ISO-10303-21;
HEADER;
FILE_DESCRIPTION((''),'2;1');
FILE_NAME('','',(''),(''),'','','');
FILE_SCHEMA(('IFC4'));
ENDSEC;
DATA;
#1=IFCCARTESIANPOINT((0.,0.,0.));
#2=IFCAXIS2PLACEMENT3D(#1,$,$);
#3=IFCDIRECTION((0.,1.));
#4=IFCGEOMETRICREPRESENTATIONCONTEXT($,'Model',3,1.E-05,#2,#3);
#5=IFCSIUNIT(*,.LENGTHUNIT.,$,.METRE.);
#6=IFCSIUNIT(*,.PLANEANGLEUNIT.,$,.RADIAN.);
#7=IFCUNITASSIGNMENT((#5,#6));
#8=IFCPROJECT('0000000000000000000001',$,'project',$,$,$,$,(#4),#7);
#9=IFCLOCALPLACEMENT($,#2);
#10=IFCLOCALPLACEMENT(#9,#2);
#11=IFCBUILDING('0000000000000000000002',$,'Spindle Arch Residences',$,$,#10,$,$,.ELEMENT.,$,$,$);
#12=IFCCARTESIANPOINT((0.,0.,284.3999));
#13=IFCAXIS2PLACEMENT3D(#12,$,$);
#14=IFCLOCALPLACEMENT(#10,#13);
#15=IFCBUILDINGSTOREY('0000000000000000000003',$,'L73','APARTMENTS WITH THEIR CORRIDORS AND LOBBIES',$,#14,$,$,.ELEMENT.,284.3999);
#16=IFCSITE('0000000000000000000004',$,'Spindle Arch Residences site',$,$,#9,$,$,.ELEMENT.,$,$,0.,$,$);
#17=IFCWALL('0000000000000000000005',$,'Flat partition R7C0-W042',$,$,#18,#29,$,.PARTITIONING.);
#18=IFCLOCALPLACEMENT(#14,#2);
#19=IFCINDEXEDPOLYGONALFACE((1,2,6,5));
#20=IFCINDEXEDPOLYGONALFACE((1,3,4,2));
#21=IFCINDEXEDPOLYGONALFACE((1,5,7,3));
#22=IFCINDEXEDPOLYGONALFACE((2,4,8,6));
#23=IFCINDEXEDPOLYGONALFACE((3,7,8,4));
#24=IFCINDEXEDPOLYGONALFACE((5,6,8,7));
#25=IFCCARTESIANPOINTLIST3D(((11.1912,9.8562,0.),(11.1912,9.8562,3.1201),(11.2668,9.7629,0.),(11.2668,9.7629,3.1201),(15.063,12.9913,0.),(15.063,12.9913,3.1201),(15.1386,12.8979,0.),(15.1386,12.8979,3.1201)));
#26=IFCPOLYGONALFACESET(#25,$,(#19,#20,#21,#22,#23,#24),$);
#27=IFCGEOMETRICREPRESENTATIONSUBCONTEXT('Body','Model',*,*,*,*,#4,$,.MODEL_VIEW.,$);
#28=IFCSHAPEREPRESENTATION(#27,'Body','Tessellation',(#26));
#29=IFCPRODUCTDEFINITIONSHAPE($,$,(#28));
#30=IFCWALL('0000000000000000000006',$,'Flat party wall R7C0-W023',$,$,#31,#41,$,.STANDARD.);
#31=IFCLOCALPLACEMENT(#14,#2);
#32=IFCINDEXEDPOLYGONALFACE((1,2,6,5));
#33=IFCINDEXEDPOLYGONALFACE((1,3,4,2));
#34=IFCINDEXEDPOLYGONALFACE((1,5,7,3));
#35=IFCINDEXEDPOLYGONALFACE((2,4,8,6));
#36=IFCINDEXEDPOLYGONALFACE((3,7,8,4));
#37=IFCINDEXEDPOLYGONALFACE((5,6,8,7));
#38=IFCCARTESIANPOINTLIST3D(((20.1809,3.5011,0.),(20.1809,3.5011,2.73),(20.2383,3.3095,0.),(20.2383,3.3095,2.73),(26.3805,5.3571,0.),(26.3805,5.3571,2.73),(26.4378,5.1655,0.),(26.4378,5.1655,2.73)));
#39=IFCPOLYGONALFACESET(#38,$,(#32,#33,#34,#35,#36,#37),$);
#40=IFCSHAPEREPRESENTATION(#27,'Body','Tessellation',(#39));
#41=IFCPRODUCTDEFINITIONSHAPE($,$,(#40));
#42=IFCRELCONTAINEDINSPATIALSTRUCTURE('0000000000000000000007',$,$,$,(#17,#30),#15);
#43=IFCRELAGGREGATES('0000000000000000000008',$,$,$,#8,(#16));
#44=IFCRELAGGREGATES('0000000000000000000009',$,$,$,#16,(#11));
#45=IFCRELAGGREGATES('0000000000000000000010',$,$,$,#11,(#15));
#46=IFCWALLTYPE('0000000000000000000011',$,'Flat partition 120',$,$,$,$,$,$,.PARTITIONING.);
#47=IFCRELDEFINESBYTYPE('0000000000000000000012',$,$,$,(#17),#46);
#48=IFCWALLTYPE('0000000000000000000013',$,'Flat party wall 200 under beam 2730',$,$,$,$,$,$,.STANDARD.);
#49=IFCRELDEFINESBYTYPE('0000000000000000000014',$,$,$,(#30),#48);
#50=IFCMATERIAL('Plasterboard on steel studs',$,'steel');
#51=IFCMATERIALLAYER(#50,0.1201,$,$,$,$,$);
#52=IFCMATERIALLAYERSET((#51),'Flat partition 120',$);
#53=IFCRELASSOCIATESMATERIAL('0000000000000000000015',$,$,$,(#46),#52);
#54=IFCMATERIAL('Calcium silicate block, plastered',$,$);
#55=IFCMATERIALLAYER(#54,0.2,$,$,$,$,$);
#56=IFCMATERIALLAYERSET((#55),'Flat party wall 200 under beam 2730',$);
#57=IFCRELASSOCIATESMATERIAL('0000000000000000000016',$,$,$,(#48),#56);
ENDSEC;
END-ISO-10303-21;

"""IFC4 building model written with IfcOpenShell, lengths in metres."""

from ifc_helpers import new_model, si_unit, direction, frame, frame_2d, origin, place, context, subcontext, project, spatial, rectangle, extrude, material, layer, layer_set, type_object, element, save


model = new_model("IFC4")

# Units and contexts
model_context = context("Model", 3, precision=1e-05, world=origin(), true_north=direction((0.0, 1.0)))
body_context = subcontext(model_context, "Body", "Model", "MODEL_VIEW")
ifc_project = project(units=[si_unit("LENGTHUNIT", "METRE"), si_unit("PLANEANGLEUNIT", "RADIAN")], contexts=[model_context])

# Site, building, storey
site_placement = place(None, origin())
site = spatial("IfcSite", under=ifc_project, at=site_placement, Name="Spindle Arch Residences site", CompositionType="ELEMENT", RefElevation=0.0)
building_placement = place(site_placement, origin())
building = spatial("IfcBuilding", under=site, at=building_placement, Name="Spindle Arch Residences", CompositionType="ELEMENT")
storey_placement = place(building_placement, frame((0.0, 0.0, 284.3999)))
storey = spatial("IfcBuildingStorey", under=building, at=storey_placement, Name="L73", Description="APARTMENTS WITH THEIR CORRIDORS AND LOBBIES", CompositionType="ELEMENT", Elevation=284.3999)

# Shared definitions
ifc_material_1 = material(Name="Plasterboard on steel studs", Category="steel")
ifc_layer_1 = layer(ifc_material_1, 0.1201)
ifc_layer_set_1 = layer_set([ifc_layer_1], Name="Flat partition 120")
wall_type_1 = type_object("IfcWallType", Name="Flat partition 120", PredefinedType="PARTITIONING", material=ifc_layer_set_1)

# Walls
wall_1_placement = place(storey_placement, frame((15.1008, 12.9446, 0.0), z_axis=(0.0, 0.0, 1.0), x_axis=(-0.777179, -0.62928, 0.0)))
element("IfcWall", 1, at=wall_1_placement, inside=storey, type_object=wall_type_1, Name="Flat partition R7C0-W042", PredefinedType="PARTITIONING", context=body_context, shape_type="SweptSolid", body=[
    extrude(rectangle(XDim=4.9819, YDim=0.1201, at=frame_2d((2.491, 0.0))), origin(), (0.0, 0.0, 1.0), 3.1201),
])
ifc_material_2 = material(Name="Calcium silicate block, plastered")
ifc_layer_2 = layer(ifc_material_2, 0.2)
ifc_layer_set_2 = layer_set([ifc_layer_2], Name="Flat party wall 200 under beam 2730")
wall_type_2 = type_object("IfcWallType", Name="Flat party wall 200 under beam 2730", PredefinedType="STANDARD", material=ifc_layer_set_2)
wall_2_placement = place(storey_placement, frame((20.2095, 3.4053, 0.0), z_axis=(0.0, 0.0, 1.0), x_axis=(0.957991, 0.286798, 0.0)))
element("IfcWall", 2, at=wall_2_placement, inside=storey, type_object=wall_type_2, Name="Flat party wall R7C0-W023", PredefinedType="STANDARD", context=body_context, shape_type="SweptSolid", body=[
    extrude(rectangle(XDim=6.4714, YDim=0.2, at=frame_2d((3.2358, 0.0))), origin(), (0.0, 0.0, 1.0), 2.73),
])

save(model, "model.ifc")
